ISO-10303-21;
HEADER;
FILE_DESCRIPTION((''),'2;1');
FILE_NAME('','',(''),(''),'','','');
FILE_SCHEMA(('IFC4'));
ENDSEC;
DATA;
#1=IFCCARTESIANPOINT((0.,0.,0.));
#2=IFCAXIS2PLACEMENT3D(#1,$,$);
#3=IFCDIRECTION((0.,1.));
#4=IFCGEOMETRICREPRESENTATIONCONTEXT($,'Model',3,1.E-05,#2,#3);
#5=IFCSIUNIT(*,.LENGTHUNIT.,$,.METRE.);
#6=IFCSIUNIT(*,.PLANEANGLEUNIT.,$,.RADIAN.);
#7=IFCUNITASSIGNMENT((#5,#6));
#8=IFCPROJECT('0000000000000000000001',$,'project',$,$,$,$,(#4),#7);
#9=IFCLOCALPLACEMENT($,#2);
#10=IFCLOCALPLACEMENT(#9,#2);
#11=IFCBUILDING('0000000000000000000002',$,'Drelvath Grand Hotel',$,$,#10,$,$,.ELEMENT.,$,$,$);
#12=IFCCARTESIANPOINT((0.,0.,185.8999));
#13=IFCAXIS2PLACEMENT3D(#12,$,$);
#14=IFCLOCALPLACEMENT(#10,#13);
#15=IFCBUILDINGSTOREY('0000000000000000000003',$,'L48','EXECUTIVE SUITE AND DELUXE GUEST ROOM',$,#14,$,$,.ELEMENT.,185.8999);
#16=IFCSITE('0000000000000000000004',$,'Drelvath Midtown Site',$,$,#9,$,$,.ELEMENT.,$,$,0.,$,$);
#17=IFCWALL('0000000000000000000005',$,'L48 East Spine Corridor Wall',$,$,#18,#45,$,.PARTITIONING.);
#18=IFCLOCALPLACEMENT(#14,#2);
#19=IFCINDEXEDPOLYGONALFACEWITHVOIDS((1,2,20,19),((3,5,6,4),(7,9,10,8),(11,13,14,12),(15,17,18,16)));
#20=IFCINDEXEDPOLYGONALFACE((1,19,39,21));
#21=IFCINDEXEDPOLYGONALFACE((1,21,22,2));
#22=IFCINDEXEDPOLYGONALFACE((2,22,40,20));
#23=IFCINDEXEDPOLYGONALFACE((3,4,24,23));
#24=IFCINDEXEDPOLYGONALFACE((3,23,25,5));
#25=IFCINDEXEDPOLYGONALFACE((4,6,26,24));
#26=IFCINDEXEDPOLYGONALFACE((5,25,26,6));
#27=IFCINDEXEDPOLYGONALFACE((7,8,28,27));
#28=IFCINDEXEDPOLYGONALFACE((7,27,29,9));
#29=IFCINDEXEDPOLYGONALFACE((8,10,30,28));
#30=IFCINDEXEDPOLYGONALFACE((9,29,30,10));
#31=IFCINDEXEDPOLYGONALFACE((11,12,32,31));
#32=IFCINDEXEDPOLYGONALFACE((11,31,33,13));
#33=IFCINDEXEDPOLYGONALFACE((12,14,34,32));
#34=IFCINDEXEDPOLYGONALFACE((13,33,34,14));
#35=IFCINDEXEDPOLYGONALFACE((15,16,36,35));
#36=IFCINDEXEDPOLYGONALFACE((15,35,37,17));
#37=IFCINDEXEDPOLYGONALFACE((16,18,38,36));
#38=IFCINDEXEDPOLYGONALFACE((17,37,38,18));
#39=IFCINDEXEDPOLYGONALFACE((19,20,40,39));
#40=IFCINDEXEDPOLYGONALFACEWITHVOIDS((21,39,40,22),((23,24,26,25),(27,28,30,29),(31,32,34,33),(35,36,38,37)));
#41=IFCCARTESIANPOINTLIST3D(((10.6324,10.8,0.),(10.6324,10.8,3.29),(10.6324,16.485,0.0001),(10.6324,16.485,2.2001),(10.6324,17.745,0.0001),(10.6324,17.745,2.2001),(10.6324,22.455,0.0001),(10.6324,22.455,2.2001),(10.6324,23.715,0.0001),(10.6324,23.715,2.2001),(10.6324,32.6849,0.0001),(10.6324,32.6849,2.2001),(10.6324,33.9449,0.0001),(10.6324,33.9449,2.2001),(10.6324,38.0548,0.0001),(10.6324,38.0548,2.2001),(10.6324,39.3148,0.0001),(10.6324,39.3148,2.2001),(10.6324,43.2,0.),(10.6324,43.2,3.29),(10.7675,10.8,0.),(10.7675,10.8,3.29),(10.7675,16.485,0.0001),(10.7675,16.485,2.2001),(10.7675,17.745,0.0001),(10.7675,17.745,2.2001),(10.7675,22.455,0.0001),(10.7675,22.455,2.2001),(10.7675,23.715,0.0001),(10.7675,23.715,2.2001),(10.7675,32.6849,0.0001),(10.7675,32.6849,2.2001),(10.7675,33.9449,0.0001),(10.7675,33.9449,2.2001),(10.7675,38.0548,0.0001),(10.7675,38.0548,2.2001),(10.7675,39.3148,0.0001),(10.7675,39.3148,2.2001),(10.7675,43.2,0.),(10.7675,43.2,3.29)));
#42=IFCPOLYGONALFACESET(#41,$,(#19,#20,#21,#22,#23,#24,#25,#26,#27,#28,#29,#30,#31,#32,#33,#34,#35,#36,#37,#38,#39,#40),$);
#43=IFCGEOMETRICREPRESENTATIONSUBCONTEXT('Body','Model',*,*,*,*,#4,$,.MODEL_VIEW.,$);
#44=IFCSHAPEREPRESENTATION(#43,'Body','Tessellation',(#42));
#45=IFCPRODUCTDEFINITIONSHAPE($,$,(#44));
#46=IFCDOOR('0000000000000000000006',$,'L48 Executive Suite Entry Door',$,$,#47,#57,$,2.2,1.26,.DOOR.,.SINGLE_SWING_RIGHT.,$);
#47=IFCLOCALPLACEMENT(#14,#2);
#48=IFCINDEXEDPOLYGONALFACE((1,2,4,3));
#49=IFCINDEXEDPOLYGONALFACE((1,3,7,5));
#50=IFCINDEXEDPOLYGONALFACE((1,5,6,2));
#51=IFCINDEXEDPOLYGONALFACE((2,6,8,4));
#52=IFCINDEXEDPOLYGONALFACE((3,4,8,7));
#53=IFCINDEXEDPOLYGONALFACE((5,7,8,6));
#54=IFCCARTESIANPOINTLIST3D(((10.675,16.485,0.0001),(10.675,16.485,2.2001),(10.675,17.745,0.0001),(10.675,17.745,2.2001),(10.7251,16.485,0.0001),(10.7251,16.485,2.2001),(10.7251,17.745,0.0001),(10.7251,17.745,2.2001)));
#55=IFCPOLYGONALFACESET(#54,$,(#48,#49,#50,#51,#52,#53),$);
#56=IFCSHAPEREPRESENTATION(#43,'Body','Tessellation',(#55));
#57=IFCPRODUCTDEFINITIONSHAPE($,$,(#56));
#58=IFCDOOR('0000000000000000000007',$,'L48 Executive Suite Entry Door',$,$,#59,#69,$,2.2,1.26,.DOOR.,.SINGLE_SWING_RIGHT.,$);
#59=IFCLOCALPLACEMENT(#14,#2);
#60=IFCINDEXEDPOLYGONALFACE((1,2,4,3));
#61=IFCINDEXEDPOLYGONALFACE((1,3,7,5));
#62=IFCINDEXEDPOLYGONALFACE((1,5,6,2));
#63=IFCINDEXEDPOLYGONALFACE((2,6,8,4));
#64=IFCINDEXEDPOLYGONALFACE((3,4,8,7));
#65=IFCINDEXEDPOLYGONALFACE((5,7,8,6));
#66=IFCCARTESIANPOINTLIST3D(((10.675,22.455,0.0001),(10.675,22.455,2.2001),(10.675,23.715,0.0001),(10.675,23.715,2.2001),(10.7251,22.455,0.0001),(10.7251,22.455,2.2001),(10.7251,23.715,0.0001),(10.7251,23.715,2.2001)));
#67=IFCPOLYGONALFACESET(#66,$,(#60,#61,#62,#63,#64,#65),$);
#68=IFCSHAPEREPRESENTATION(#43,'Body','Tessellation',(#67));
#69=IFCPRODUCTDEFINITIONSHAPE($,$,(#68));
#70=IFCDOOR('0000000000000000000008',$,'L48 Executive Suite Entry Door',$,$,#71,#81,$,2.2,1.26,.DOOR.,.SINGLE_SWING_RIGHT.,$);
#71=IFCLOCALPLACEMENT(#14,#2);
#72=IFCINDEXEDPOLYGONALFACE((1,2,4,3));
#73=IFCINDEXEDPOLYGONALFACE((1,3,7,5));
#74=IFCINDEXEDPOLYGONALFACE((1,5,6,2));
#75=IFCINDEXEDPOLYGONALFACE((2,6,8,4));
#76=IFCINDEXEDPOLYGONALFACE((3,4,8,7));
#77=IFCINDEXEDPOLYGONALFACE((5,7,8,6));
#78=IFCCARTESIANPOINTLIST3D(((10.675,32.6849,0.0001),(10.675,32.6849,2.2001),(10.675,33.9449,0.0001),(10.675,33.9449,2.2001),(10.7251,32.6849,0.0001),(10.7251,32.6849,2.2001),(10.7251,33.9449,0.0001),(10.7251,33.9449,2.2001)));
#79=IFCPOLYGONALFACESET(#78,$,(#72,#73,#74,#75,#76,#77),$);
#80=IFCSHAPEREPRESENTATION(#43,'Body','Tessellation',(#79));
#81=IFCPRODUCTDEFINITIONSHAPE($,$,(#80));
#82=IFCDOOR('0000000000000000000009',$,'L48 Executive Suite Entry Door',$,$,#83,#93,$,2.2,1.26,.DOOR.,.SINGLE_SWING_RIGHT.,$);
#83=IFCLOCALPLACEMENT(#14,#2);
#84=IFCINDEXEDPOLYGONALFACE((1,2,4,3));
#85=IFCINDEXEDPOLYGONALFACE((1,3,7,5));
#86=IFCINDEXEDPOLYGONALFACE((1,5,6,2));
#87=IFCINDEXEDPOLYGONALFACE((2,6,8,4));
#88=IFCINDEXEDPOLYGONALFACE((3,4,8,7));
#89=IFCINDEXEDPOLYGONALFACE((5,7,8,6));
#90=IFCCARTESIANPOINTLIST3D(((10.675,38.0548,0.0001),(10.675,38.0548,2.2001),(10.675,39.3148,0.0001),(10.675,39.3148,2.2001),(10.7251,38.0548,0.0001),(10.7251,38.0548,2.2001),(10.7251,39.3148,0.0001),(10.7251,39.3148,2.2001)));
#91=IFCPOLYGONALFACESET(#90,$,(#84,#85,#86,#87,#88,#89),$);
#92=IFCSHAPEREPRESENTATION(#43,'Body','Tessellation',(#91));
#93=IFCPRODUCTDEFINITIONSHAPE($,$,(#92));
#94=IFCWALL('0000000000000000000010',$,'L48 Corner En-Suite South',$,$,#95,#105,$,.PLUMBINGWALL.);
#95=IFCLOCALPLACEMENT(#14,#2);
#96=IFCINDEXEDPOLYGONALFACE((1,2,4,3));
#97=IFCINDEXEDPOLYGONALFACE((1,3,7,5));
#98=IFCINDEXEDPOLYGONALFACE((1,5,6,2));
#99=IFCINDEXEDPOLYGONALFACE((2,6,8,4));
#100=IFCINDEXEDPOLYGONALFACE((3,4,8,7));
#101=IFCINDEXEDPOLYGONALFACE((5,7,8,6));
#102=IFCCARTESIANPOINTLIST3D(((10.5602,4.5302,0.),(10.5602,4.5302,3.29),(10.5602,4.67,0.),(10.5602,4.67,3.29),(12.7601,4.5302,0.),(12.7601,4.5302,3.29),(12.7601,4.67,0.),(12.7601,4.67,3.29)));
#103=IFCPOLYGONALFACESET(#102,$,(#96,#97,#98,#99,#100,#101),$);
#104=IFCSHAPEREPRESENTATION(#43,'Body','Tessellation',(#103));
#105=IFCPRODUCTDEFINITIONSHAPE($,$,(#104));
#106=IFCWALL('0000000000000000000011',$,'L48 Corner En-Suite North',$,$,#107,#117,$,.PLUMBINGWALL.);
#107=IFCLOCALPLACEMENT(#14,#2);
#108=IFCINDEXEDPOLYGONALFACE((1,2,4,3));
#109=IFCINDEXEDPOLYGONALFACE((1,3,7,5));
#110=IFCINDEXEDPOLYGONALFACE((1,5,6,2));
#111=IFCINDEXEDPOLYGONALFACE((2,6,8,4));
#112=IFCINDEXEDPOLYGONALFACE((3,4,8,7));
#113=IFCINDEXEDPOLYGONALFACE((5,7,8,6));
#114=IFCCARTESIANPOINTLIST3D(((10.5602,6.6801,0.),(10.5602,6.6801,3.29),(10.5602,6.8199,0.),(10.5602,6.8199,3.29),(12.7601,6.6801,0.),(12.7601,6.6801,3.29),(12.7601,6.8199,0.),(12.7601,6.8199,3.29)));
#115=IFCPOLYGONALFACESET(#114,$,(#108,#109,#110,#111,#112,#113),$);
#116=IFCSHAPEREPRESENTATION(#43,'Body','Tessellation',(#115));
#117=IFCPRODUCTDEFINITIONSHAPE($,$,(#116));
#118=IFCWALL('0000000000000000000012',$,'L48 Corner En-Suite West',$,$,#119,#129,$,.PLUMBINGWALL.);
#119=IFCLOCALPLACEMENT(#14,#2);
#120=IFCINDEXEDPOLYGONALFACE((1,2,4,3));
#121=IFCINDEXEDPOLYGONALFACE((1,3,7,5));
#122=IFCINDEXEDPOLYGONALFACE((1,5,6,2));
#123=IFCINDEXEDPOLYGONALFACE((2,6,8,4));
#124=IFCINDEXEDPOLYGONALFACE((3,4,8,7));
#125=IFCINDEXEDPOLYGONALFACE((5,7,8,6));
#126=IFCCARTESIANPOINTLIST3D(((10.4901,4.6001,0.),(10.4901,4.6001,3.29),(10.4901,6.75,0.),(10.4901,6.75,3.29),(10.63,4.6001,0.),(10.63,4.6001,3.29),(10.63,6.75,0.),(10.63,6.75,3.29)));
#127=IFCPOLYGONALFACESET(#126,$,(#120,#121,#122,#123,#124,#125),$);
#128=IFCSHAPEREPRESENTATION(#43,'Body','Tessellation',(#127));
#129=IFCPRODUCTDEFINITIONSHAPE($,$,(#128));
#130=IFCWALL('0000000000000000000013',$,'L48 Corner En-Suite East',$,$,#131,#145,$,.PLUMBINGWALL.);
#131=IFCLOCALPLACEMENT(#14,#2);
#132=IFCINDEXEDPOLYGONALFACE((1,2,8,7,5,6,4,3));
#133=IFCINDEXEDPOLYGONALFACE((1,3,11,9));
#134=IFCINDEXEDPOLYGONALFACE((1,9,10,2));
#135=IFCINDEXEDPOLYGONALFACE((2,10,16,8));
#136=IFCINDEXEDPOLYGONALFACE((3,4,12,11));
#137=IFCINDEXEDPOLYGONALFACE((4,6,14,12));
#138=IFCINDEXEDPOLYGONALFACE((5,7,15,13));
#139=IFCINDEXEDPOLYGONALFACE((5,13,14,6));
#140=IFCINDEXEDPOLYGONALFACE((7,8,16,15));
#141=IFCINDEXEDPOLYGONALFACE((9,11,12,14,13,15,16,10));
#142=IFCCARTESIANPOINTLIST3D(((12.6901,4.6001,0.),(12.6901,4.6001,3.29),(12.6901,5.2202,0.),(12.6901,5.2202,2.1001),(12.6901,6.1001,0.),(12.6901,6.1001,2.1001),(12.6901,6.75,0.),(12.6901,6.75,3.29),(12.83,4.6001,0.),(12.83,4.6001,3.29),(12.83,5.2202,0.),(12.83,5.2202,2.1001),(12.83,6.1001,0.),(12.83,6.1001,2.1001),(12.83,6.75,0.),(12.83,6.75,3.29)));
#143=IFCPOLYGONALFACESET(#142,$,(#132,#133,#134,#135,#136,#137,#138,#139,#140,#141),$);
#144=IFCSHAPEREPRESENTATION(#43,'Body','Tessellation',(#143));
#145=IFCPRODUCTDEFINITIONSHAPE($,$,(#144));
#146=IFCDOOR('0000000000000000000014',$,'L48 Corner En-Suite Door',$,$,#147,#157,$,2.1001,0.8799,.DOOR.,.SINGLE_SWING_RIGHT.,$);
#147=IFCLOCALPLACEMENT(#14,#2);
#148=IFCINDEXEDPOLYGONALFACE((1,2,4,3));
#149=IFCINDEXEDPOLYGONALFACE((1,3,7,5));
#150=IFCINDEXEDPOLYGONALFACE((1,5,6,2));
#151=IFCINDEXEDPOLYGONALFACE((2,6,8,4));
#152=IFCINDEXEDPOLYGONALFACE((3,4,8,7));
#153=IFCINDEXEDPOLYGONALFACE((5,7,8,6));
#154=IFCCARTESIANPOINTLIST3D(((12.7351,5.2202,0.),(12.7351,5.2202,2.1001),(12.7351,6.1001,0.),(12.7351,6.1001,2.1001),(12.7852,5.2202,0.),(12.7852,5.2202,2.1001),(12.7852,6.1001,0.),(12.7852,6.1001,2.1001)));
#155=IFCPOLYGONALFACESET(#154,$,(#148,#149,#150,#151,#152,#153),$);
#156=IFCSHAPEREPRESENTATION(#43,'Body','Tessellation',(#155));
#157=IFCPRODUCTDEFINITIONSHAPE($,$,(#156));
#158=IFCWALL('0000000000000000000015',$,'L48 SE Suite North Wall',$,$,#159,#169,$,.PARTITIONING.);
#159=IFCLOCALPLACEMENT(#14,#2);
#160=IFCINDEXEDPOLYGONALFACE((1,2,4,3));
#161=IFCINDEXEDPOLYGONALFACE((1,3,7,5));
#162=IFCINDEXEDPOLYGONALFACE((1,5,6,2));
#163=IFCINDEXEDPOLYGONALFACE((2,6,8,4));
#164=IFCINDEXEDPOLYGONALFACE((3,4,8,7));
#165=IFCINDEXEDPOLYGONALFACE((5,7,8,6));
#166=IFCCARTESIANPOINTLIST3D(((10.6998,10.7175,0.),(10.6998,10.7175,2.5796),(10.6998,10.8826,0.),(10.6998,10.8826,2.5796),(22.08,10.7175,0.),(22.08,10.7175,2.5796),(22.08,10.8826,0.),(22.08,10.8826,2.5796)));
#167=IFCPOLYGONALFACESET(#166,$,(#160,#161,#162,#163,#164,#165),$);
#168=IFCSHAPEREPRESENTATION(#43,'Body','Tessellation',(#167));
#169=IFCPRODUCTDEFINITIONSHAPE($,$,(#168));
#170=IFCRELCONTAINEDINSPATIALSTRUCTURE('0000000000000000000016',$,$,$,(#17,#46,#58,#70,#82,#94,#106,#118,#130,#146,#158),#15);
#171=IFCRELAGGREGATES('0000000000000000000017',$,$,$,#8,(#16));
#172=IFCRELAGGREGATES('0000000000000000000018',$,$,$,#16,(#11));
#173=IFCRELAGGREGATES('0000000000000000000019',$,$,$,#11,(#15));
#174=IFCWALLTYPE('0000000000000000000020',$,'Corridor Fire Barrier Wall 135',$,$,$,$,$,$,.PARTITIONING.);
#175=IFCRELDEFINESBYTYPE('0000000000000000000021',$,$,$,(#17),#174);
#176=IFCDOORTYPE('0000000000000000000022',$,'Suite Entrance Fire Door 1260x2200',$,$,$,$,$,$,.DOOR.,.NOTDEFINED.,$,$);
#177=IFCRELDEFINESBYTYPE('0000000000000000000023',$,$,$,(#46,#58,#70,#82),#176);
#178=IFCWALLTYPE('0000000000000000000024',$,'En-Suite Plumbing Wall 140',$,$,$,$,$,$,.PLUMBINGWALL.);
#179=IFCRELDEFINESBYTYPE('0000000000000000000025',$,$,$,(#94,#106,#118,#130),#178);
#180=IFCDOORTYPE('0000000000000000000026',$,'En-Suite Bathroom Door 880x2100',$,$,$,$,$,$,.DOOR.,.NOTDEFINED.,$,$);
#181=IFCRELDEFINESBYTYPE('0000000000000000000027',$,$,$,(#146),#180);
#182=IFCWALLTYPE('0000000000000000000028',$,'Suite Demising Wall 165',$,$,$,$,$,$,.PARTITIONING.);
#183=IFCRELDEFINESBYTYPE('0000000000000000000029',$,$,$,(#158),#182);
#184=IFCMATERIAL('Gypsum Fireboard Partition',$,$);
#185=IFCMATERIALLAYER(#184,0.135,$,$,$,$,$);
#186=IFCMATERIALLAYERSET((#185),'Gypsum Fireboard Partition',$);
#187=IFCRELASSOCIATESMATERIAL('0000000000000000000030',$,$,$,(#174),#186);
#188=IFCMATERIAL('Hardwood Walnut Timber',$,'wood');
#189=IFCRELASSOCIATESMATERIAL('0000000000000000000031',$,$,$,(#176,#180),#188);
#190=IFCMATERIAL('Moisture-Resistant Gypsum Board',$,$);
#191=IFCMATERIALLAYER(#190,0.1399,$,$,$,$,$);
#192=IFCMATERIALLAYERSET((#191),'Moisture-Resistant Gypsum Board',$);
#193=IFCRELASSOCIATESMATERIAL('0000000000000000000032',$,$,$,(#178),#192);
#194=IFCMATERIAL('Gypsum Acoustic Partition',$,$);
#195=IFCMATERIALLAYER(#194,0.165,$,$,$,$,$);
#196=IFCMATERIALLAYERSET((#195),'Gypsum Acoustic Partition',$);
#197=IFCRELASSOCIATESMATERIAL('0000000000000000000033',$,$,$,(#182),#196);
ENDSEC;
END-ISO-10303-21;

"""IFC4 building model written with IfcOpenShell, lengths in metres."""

from ifc_helpers import new_model, si_unit, direction, frame, frame_2d, origin, place, context, subcontext, project, spatial, rectangle, extrude, material, layer, layer_set, type_object, element, fill, save


model = new_model("IFC4")

# Units and contexts
model_context = context("Model", 3, precision=1e-05, world=origin(), true_north=direction((0.0, 1.0)))
body_context = subcontext(model_context, "Body", "Model", "MODEL_VIEW")
ifc_project = project(units=[si_unit("LENGTHUNIT", "METRE"), si_unit("PLANEANGLEUNIT", "RADIAN")], contexts=[model_context])

# Site, building, storey
site_placement = place(None, origin())
site = spatial("IfcSite", under=ifc_project, at=site_placement, Name="Drelvath Midtown Site", CompositionType="ELEMENT", RefElevation=0.0)
building_placement = place(site_placement, origin())
building = spatial("IfcBuilding", under=site, at=building_placement, Name="Drelvath Grand Hotel", CompositionType="ELEMENT")
storey_placement = place(building_placement, frame((0.0, 0.0, 185.8999)))
storey = spatial("IfcBuildingStorey", under=building, at=storey_placement, Name="L48", Description="EXECUTIVE SUITE AND DELUXE GUEST ROOM", CompositionType="ELEMENT", Elevation=185.8999)

# Shared definitions
ifc_material_1 = material(Name="Gypsum Fireboard Partition")
ifc_layer_1 = layer(ifc_material_1, 0.135)
ifc_layer_set_1 = layer_set([ifc_layer_1], Name="Gypsum Fireboard Partition")
wall_type_1 = type_object("IfcWallType", Name="Corridor Fire Barrier Wall 135", PredefinedType="PARTITIONING", material=ifc_layer_set_1)

# Wall, openings, doors
wall_1_placement = place(storey_placement, frame((10.7, 10.8, 0.0), z_axis=(0.0, 0.0, 1.0), x_axis=(0.0, 1.0, 0.0)))
wall_1 = element("IfcWall", 1, at=wall_1_placement, inside=storey, type_object=wall_type_1, Name="L48 East Spine Corridor Wall", PredefinedType="PARTITIONING", context=body_context, shape_type="SweptSolid", body=[
    extrude(rectangle(XDim=32.3999, YDim=0.135, at=frame_2d((16.2, 0.0))), origin(), (0.0, 0.0, 1.0), 3.29),
])
opening_1_placement = place(wall_1_placement, frame((5.6851, 0.0, 0.0)))
opening_1 = element("IfcOpeningElement", 2, at=opening_1_placement, cuts=wall_1, PredefinedType="OPENING", context=body_context, shape_type="SweptSolid", body=[
    extrude(rectangle(XDim=1.26, YDim=2.2, at=frame_2d((0.6299, 1.1001))), frame((0.0, 0.0774, 0.0), z_axis=(0.0, -1.0, 0.0), x_axis=(1.0, 0.0, 0.0)), (0.0, 0.0, 1.0), 0.155),
])
opening_2_placement = place(wall_1_placement, frame((11.655, 0.0, 0.0)))
opening_2 = element("IfcOpeningElement", 3, at=opening_2_placement, cuts=wall_1, PredefinedType="OPENING", context=body_context, shape_type="SweptSolid", body=[
    extrude(rectangle(XDim=1.26, YDim=2.2, at=frame_2d((0.6299, 1.1001))), frame((0.0, 0.0774, 0.0), z_axis=(0.0, -1.0, 0.0), x_axis=(1.0, 0.0, 0.0)), (0.0, 0.0, 1.0), 0.155),
])
opening_3_placement = place(wall_1_placement, frame((21.885, 0.0, 0.0)))
opening_3 = element("IfcOpeningElement", 4, at=opening_3_placement, cuts=wall_1, PredefinedType="OPENING", context=body_context, shape_type="SweptSolid", body=[
    extrude(rectangle(XDim=1.26, YDim=2.2, at=frame_2d((0.6299, 1.1001))), frame((0.0, 0.0774, 0.0), z_axis=(0.0, -1.0, 0.0), x_axis=(1.0, 0.0, 0.0)), (0.0, 0.0, 1.0), 0.155),
])
opening_4_placement = place(wall_1_placement, frame((27.2549, 0.0, 0.0)))
opening_4 = element("IfcOpeningElement", 5, at=opening_4_placement, cuts=wall_1, PredefinedType="OPENING", context=body_context, shape_type="SweptSolid", body=[
    extrude(rectangle(XDim=1.26, YDim=2.2, at=frame_2d((0.6299, 1.1001))), frame((0.0, 0.0774, 0.0), z_axis=(0.0, -1.0, 0.0), x_axis=(1.0, 0.0, 0.0)), (0.0, 0.0, 1.0), 0.155),
])
ifc_material_2 = material(Name="Hardwood Walnut Timber", Category="wood")
door_type_1 = type_object("IfcDoorType", Name="Suite Entrance Fire Door 1260x2200", OperationType="NOTDEFINED", PredefinedType="DOOR", material=ifc_material_2)
door_1_placement = place(opening_1_placement, origin())
door_1 = element("IfcDoor", 6, at=door_1_placement, inside=storey, type_object=door_type_1, Name="L48 Executive Suite Entry Door", OperationType="SINGLE_SWING_RIGHT", OverallHeight=2.2, OverallWidth=1.26, PredefinedType="DOOR", context=body_context, shape_type="SweptSolid", body=[
    extrude(rectangle(XDim=1.26, YDim=2.2, at=frame_2d((0.6299, 1.1001))), frame((0.0, 0.0249, 0.0), z_axis=(0.0, -1.0, 0.0), x_axis=(1.0, 0.0, 0.0)), (0.0, 0.0, 1.0), 0.05),
])
fill(opening_1, door_1)
door_2_placement = place(opening_2_placement, origin())
door_2 = element("IfcDoor", 7, at=door_2_placement, inside=storey, type_object=door_type_1, Name="L48 Executive Suite Entry Door", OperationType="SINGLE_SWING_RIGHT", OverallHeight=2.2, OverallWidth=1.26, PredefinedType="DOOR", context=body_context, shape_type="SweptSolid", body=[
    extrude(rectangle(XDim=1.26, YDim=2.2, at=frame_2d((0.6299, 1.1001))), frame((0.0, 0.0249, 0.0), z_axis=(0.0, -1.0, 0.0), x_axis=(1.0, 0.0, 0.0)), (0.0, 0.0, 1.0), 0.05),
])
fill(opening_2, door_2)
door_3_placement = place(opening_3_placement, origin())
door_3 = element("IfcDoor", 8, at=door_3_placement, inside=storey, type_object=door_type_1, Name="L48 Executive Suite Entry Door", OperationType="SINGLE_SWING_RIGHT", OverallHeight=2.2, OverallWidth=1.26, PredefinedType="DOOR", context=body_context, shape_type="SweptSolid", body=[
    extrude(rectangle(XDim=1.26, YDim=2.2, at=frame_2d((0.6299, 1.1001))), frame((0.0, 0.0249, 0.0), z_axis=(0.0, -1.0, 0.0), x_axis=(1.0, 0.0, 0.0)), (0.0, 0.0, 1.0), 0.05),
])
fill(opening_3, door_3)
door_4_placement = place(opening_4_placement, origin())
door_4 = element("IfcDoor", 9, at=door_4_placement, inside=storey, type_object=door_type_1, Name="L48 Executive Suite Entry Door", OperationType="SINGLE_SWING_RIGHT", OverallHeight=2.2, OverallWidth=1.26, PredefinedType="DOOR", context=body_context, shape_type="SweptSolid", body=[
    extrude(rectangle(XDim=1.26, YDim=2.2, at=frame_2d((0.6299, 1.1001))), frame((0.0, 0.0249, 0.0), z_axis=(0.0, -1.0, 0.0), x_axis=(1.0, 0.0, 0.0)), (0.0, 0.0, 1.0), 0.05),
])
fill(opening_4, door_4)

# Walls
ifc_material_3 = material(Name="Moisture-Resistant Gypsum Board")
ifc_layer_2 = layer(ifc_material_3, 0.1399)
ifc_layer_set_2 = layer_set([ifc_layer_2], Name="Moisture-Resistant Gypsum Board")
wall_type_2 = type_object("IfcWallType", Name="En-Suite Plumbing Wall 140", PredefinedType="PLUMBINGWALL", material=ifc_layer_set_2)
for number, where, z_axis, x_axis, name in (
    (10, (10.5601, 4.6001, 0.0), (0.0, 0.0, 1.0), (1.0, 0.0, 0.0), "L48 Corner En-Suite South"),
    (11, (10.5601, 6.75, 0.0), (0.0, 0.0, 1.0), (1.0, 0.0, 0.0), "L48 Corner En-Suite North"),
):
    element("IfcWall", number, at=place(storey_placement, frame(where, z_axis=z_axis, x_axis=x_axis)), inside=storey, type_object=wall_type_2, Name=name, PredefinedType="PLUMBINGWALL", context=body_context, shape_type="SweptSolid", body=[
        extrude(rectangle(XDim=2.2, YDim=0.1399, at=frame_2d((1.1001, 0.0))), origin(), (0.0, 0.0, 1.0), 3.29),
    ])
wall_2_placement = place(storey_placement, frame((10.5601, 4.6001, 0.0), z_axis=(0.0, 0.0, 1.0), x_axis=(0.0, 1.0, 0.0)))
element("IfcWall", 12, at=wall_2_placement, inside=storey, type_object=wall_type_2, Name="L48 Corner En-Suite West", PredefinedType="PLUMBINGWALL", context=body_context, shape_type="SweptSolid", body=[
    extrude(rectangle(XDim=2.1499, YDim=0.1399, at=frame_2d((1.075, 0.0))), origin(), (0.0, 0.0, 1.0), 3.29),
])

# Wall, opening, door
wall_3_placement = place(storey_placement, frame((12.76, 4.6001, 0.0), z_axis=(0.0, 0.0, 1.0), x_axis=(0.0, 1.0, 0.0)))
wall_3 = element("IfcWall", 13, at=wall_3_placement, inside=storey, type_object=wall_type_2, Name="L48 Corner En-Suite East", PredefinedType="PLUMBINGWALL", context=body_context, shape_type="SweptSolid", body=[
    extrude(rectangle(XDim=2.1499, YDim=0.1399, at=frame_2d((1.075, 0.0))), origin(), (0.0, 0.0, 1.0), 3.29),
])
opening_5_placement = place(wall_3_placement, frame((0.6201, 0.0, 0.0)))
opening_5 = element("IfcOpeningElement", 14, at=opening_5_placement, cuts=wall_3, PredefinedType="OPENING", context=body_context, shape_type="SweptSolid", body=[
    extrude(rectangle(XDim=0.8799, YDim=2.1001, at=frame_2d((0.4399, 1.05))), frame((0.0, 0.0798, 0.0), z_axis=(0.0, -1.0, 0.0), x_axis=(1.0, 0.0, 0.0)), (0.0, 0.0, 1.0), 0.1599),
])
door_type_2 = type_object("IfcDoorType", Name="En-Suite Bathroom Door 880x2100", OperationType="NOTDEFINED", PredefinedType="DOOR", material=ifc_material_2)
door_5_placement = place(opening_5_placement, origin())
door_5 = element("IfcDoor", 15, at=door_5_placement, inside=storey, type_object=door_type_2, Name="L48 Corner En-Suite Door", OperationType="SINGLE_SWING_RIGHT", OverallHeight=2.1001, OverallWidth=0.8799, PredefinedType="DOOR", context=body_context, shape_type="SweptSolid", body=[
    extrude(rectangle(XDim=0.8799, YDim=2.1001, at=frame_2d((0.4399, 1.05))), frame((0.0, 0.0249, 0.0), z_axis=(0.0, -1.0, 0.0), x_axis=(1.0, 0.0, 0.0)), (0.0, 0.0, 1.0), 0.05),
])
fill(opening_5, door_5)

# Wall
ifc_material_4 = material(Name="Gypsum Acoustic Partition")
ifc_layer_3 = layer(ifc_material_4, 0.165)
ifc_layer_set_3 = layer_set([ifc_layer_3], Name="Gypsum Acoustic Partition")
wall_type_3 = type_object("IfcWallType", Name="Suite Demising Wall 165", PredefinedType="PARTITIONING", material=ifc_layer_set_3)
wall_4_placement = place(storey_placement, frame((10.7, 10.8, 0.0), z_axis=(0.0, 0.0, 1.0), x_axis=(1.0, 0.0, 0.0)))
element("IfcWall", 16, at=wall_4_placement, inside=storey, type_object=wall_type_3, Name="L48 SE Suite North Wall", PredefinedType="PARTITIONING", context=body_context, shape_type="SweptSolid", body=[
    extrude(rectangle(XDim=11.3801, YDim=0.165, at=frame_2d((5.6899, 0.0))), origin(), (0.0, 0.0, 1.0), 2.5796),
])

save(model, "model.ifc")
